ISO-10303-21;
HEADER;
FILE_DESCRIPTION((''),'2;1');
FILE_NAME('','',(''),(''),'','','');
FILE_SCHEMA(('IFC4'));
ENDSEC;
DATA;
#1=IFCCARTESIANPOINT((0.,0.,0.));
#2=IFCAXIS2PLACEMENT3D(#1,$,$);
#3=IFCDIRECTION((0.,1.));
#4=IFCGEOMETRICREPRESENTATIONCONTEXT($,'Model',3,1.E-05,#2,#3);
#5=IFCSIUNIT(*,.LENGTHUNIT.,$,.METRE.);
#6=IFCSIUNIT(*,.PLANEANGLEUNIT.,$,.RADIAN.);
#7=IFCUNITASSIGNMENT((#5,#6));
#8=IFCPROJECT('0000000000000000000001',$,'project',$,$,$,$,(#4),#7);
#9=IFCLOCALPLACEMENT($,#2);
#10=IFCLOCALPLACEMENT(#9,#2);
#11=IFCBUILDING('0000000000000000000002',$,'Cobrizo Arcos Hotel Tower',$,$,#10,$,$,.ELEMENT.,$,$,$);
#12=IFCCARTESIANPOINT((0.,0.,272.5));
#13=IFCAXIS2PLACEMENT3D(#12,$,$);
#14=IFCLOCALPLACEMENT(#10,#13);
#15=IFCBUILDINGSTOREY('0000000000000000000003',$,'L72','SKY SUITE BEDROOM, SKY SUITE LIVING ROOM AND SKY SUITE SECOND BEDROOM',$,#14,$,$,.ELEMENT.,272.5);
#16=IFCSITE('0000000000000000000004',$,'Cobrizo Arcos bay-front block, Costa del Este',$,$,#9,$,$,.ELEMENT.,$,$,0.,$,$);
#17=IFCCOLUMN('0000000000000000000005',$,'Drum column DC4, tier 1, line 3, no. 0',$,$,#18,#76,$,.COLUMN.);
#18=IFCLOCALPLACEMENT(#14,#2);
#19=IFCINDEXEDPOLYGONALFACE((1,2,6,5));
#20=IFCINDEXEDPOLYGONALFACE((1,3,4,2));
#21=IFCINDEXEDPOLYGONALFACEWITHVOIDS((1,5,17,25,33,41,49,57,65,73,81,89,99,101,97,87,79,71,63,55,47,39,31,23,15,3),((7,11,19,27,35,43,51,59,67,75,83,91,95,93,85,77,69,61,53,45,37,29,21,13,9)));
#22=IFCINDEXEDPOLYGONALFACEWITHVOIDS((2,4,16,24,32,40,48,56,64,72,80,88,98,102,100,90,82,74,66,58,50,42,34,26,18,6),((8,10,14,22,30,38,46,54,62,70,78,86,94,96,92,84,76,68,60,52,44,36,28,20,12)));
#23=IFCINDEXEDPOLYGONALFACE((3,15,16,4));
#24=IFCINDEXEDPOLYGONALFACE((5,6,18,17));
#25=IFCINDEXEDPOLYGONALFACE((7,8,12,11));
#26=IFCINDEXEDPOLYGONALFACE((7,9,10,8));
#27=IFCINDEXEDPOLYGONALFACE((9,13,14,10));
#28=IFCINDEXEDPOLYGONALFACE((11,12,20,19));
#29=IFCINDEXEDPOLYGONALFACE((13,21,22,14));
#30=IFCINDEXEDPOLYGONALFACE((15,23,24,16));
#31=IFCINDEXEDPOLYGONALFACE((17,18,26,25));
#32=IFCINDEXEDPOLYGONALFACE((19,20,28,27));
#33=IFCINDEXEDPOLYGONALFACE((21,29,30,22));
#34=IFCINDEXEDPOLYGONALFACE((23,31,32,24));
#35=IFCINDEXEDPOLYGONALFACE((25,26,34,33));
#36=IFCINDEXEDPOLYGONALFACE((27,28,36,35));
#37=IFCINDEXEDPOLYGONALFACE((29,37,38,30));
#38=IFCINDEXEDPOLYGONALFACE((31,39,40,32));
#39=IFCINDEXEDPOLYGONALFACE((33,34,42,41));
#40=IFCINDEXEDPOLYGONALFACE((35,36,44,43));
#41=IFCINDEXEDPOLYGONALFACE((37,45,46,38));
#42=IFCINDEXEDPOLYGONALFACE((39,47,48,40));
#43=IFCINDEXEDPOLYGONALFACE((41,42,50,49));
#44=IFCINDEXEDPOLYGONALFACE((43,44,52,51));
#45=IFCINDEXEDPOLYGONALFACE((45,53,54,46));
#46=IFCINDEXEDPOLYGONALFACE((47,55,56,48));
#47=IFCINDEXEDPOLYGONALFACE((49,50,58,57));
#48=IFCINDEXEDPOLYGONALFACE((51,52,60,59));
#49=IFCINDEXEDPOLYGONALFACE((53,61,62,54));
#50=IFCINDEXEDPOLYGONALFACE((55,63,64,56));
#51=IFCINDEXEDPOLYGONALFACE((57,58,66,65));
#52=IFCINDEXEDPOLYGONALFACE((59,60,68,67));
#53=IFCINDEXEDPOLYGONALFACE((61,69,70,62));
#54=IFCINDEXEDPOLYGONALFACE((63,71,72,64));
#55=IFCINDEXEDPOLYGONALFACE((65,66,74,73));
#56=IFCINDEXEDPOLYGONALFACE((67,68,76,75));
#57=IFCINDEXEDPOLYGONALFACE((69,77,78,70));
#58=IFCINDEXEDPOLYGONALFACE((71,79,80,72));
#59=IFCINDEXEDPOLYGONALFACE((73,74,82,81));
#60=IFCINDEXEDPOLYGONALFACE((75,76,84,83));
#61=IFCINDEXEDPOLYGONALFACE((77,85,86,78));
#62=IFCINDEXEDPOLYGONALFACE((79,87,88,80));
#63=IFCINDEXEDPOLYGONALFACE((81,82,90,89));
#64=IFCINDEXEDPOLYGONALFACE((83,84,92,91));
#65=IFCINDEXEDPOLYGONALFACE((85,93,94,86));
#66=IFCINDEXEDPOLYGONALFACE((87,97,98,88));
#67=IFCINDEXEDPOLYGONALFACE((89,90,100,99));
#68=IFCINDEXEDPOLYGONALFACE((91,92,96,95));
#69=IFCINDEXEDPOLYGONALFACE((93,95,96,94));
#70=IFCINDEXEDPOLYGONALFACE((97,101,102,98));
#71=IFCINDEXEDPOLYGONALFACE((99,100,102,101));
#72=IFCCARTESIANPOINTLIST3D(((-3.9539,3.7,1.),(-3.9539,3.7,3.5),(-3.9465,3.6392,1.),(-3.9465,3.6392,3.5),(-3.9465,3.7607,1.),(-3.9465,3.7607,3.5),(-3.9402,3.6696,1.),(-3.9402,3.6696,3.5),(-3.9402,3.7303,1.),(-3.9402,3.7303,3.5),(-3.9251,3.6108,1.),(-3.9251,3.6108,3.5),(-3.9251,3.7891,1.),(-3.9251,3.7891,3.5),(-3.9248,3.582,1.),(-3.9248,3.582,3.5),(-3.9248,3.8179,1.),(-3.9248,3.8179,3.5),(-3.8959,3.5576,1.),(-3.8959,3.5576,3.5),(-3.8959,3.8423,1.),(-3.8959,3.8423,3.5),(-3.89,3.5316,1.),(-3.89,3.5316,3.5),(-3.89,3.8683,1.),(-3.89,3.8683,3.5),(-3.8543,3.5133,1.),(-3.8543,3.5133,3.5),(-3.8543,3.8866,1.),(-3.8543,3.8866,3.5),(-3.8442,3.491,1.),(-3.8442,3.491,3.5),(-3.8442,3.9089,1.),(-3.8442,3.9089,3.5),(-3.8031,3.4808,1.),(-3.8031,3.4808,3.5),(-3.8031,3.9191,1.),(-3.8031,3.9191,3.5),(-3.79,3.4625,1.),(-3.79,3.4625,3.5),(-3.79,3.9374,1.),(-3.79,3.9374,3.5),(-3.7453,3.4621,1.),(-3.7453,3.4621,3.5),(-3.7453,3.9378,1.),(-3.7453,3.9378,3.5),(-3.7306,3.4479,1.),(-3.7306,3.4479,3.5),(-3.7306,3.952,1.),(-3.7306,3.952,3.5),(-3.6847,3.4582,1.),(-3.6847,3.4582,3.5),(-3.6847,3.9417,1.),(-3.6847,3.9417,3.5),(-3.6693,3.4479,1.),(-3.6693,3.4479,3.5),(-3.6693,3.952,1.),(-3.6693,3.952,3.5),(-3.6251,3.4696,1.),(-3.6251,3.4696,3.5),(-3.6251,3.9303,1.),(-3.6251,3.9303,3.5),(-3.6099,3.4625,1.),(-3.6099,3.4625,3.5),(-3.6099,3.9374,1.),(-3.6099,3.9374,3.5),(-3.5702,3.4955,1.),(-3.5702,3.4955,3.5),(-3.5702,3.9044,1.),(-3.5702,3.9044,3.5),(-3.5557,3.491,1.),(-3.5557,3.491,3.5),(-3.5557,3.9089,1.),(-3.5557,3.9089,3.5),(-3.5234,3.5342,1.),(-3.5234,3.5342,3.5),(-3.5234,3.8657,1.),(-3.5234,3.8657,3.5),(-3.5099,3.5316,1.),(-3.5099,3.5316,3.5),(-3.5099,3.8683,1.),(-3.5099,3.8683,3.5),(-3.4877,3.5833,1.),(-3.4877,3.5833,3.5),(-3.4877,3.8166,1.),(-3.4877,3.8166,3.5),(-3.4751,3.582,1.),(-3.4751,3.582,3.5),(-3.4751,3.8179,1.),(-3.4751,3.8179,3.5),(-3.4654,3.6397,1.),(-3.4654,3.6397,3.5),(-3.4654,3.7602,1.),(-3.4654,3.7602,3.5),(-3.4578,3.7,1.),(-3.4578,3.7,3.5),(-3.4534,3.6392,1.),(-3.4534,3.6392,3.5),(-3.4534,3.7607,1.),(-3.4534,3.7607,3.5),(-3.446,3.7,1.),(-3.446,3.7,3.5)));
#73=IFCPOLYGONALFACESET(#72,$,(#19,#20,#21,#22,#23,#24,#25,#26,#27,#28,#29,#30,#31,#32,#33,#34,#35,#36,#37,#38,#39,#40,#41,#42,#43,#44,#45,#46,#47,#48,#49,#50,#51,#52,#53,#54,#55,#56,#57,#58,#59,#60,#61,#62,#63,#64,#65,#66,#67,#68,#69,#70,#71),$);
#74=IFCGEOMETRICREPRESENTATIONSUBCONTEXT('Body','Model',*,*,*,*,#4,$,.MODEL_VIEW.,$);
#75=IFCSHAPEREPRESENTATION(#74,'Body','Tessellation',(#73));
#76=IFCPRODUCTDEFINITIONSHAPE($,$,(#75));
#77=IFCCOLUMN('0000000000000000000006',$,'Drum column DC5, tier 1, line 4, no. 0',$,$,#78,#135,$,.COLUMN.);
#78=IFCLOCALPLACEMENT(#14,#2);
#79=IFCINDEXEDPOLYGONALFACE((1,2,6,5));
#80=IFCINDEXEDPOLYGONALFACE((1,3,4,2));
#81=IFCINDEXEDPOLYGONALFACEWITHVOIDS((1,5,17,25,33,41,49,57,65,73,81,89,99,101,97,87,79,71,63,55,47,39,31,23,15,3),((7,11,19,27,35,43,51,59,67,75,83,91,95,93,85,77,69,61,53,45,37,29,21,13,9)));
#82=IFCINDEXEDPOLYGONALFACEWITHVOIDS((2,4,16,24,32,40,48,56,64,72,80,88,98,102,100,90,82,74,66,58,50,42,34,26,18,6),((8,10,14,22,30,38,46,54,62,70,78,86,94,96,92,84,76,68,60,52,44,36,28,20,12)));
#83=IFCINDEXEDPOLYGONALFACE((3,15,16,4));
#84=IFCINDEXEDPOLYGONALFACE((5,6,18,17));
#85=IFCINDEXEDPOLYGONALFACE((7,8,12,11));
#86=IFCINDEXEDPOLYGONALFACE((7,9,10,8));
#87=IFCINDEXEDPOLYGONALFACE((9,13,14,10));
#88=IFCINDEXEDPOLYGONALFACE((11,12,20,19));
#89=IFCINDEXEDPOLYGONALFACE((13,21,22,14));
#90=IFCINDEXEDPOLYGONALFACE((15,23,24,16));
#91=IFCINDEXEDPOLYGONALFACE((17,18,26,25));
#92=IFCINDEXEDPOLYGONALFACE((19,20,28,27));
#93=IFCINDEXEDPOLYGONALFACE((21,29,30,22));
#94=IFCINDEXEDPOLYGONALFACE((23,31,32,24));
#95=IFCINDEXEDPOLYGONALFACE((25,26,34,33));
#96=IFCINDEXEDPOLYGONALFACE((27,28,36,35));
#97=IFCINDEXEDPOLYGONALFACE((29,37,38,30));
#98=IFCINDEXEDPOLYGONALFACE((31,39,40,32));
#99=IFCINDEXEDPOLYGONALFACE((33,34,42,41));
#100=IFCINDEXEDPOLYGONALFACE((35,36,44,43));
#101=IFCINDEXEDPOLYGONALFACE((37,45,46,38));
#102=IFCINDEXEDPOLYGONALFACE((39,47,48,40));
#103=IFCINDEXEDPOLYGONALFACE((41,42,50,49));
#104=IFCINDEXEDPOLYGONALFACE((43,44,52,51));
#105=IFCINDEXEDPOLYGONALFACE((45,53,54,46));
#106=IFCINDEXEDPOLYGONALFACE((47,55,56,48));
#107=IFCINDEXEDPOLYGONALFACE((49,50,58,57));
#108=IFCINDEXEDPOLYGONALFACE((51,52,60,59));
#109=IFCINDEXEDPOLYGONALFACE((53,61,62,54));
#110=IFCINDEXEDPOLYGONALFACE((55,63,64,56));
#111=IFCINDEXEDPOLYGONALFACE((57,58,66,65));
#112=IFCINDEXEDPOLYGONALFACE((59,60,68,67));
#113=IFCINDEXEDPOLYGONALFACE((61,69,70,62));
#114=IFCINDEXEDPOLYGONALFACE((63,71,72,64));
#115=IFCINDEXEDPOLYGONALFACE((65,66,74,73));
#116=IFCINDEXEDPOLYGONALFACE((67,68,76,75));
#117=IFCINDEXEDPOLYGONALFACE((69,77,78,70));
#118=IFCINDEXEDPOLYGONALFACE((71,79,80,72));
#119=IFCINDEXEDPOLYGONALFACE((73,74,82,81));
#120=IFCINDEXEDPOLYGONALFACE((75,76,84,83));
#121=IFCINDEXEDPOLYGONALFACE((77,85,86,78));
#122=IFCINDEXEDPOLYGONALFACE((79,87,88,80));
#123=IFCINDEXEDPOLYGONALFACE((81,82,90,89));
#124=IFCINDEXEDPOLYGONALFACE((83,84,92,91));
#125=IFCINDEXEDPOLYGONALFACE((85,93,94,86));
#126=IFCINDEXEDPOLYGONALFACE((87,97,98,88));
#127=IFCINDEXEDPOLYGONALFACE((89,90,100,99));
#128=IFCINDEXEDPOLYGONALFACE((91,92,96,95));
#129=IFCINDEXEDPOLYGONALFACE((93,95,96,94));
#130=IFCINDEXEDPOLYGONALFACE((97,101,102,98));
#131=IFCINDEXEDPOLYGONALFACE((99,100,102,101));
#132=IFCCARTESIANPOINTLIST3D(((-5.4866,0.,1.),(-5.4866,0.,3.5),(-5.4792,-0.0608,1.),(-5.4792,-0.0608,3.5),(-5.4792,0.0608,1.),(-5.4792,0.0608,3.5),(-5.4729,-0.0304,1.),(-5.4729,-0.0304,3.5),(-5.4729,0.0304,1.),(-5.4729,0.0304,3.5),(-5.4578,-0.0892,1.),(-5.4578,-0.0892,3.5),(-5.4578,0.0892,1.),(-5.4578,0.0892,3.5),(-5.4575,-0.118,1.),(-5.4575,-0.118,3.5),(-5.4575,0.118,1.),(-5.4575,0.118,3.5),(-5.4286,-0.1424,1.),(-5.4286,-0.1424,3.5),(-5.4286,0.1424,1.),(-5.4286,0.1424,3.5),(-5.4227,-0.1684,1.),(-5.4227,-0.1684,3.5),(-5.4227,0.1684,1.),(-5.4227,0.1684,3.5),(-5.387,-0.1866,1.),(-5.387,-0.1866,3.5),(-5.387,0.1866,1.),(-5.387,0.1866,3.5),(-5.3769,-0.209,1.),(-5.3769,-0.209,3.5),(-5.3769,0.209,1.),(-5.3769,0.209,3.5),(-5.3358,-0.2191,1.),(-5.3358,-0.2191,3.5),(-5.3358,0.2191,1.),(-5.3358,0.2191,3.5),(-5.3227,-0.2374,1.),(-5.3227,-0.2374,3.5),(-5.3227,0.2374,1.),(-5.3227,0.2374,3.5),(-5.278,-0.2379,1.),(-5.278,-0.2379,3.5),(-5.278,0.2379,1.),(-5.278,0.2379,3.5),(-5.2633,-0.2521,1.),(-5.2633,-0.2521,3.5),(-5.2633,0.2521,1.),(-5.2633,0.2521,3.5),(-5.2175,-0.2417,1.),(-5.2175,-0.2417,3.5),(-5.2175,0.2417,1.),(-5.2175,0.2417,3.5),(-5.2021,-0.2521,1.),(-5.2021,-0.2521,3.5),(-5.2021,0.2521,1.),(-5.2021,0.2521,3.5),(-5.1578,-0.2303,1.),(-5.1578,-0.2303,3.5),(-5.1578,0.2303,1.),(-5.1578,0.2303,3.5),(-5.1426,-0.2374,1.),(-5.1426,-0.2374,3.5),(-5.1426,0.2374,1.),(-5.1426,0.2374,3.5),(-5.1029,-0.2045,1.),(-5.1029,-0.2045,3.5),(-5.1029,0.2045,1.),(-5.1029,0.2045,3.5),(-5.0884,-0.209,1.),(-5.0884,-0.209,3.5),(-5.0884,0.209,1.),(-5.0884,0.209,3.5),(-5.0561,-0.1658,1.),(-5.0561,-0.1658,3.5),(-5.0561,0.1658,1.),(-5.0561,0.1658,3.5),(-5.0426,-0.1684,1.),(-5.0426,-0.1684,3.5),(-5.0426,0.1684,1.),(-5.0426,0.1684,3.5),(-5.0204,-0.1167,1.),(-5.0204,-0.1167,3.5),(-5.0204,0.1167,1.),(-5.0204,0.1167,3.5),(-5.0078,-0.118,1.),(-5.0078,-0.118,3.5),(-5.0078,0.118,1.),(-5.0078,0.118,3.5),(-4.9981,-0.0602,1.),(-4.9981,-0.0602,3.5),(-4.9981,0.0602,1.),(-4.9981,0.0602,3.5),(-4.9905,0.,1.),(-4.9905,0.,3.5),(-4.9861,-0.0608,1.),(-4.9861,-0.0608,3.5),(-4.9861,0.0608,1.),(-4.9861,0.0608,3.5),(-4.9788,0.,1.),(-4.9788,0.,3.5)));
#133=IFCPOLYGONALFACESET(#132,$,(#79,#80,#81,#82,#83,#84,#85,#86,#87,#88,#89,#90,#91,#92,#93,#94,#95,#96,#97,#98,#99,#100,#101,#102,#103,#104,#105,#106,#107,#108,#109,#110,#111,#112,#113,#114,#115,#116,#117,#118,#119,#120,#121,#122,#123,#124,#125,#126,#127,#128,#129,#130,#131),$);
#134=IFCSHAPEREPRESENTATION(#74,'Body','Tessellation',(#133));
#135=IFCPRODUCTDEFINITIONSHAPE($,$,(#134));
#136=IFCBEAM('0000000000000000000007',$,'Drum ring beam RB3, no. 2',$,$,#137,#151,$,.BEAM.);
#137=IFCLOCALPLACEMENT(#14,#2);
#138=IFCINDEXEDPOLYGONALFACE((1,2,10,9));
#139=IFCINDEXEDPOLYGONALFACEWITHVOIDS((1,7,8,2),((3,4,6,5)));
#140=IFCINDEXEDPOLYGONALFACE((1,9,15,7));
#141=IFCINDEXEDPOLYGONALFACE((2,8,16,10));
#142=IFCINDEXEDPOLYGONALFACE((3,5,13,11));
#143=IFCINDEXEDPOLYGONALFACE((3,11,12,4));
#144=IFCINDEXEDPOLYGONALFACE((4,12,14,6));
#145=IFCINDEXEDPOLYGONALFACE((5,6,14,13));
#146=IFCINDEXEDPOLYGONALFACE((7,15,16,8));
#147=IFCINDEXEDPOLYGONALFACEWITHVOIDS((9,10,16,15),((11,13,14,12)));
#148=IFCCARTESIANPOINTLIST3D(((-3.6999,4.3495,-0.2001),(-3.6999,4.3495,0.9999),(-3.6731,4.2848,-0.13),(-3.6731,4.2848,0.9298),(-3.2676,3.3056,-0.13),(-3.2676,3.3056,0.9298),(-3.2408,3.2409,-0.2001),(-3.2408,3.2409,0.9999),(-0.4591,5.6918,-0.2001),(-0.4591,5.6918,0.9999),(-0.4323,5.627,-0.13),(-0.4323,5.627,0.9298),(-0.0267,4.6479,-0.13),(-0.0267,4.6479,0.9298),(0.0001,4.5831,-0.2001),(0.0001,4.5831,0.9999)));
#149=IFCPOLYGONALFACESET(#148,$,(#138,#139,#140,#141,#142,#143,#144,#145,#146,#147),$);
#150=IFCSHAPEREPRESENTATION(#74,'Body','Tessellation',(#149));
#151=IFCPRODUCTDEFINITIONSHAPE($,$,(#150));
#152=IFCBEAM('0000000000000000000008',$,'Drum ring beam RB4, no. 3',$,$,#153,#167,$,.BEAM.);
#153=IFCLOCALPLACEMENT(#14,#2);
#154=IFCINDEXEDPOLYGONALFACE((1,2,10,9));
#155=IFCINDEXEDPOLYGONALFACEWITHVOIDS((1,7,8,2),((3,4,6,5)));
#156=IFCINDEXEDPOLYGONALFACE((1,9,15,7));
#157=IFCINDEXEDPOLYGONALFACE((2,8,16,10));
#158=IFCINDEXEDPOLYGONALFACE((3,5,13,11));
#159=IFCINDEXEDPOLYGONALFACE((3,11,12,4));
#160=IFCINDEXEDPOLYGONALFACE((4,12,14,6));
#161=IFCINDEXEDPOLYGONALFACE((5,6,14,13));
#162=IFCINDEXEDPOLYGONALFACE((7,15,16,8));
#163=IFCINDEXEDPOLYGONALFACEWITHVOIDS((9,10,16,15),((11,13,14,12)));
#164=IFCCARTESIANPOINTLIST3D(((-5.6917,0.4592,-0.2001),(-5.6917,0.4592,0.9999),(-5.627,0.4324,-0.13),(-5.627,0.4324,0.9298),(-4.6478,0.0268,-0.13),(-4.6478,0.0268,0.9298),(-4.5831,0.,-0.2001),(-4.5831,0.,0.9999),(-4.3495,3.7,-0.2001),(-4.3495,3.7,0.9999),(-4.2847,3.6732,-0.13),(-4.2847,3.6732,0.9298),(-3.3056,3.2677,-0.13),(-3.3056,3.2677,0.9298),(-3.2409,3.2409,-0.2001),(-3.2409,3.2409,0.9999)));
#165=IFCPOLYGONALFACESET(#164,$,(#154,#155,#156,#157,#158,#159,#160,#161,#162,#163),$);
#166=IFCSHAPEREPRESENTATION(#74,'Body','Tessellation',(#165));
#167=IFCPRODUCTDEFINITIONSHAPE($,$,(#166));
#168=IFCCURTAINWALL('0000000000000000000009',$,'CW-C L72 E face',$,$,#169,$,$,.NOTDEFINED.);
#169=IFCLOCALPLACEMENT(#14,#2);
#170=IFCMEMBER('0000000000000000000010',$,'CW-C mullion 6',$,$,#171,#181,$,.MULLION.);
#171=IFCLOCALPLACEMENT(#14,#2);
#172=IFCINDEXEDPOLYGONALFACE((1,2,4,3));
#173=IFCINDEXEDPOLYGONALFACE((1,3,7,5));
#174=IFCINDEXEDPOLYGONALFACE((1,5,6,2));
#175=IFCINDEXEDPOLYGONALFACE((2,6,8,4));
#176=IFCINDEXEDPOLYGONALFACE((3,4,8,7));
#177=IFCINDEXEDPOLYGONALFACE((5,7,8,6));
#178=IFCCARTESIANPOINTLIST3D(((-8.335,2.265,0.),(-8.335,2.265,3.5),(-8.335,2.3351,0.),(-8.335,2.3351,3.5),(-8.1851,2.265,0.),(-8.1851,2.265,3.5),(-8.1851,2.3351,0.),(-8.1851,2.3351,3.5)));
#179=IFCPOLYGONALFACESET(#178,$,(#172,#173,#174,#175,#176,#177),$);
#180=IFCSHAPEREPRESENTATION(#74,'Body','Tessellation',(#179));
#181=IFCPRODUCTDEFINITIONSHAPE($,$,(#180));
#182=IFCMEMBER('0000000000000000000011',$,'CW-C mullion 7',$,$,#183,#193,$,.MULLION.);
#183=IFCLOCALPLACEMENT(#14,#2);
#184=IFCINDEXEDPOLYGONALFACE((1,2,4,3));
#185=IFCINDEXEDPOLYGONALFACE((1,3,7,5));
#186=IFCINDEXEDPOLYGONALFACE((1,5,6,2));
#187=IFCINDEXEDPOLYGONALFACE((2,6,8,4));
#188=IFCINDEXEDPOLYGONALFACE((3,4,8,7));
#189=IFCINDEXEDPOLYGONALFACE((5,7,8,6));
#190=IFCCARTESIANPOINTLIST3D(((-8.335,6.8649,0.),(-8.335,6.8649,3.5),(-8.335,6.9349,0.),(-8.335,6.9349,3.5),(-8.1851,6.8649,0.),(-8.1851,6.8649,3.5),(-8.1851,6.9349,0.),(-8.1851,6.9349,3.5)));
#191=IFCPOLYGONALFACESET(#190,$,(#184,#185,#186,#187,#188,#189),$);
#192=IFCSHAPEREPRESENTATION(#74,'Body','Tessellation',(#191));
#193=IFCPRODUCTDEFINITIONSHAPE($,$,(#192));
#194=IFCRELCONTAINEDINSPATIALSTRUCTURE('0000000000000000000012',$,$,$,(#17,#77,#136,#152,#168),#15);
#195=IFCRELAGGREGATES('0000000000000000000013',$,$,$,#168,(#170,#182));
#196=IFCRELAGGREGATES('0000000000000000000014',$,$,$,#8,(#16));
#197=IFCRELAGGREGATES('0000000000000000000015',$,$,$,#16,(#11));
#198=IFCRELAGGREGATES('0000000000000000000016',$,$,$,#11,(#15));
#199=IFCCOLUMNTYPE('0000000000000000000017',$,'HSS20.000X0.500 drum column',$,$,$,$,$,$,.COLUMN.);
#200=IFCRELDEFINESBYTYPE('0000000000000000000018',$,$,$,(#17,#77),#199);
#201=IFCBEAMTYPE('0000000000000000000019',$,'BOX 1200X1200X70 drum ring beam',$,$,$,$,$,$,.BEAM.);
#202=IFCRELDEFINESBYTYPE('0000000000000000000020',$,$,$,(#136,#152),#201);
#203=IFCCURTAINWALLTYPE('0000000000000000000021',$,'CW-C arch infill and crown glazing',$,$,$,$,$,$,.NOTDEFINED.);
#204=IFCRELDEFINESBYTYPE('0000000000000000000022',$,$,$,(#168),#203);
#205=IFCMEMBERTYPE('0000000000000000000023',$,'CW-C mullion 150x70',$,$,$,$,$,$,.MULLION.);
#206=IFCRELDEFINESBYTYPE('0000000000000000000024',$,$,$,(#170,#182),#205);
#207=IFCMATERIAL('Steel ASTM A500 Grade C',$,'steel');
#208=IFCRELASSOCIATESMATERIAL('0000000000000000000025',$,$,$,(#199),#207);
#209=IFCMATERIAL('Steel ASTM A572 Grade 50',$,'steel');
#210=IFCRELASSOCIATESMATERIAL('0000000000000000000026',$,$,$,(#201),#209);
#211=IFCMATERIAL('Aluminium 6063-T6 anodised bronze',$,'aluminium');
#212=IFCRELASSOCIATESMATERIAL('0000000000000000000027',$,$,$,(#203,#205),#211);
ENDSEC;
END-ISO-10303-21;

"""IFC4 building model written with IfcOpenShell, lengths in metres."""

from ifc_helpers import new_model, si_unit, direction, frame, origin, origin_2d, place, context, subcontext, project, spatial, rectangle, hollow_rectangle, hollow_circle, extrude, material, material_profile, profile_set, type_object, element, aggregate, save


model = new_model("IFC4")

# Units and contexts
model_context = context("Model", 3, precision=1e-05, world=origin(), true_north=direction((0.0, 1.0)))
body_context = subcontext(model_context, "Body", "Model", "MODEL_VIEW")
ifc_project = project(units=[si_unit("LENGTHUNIT", "METRE"), si_unit("PLANEANGLEUNIT", "RADIAN")], contexts=[model_context])

# Site, building, storey
site_placement = place(None, origin())
site = spatial("IfcSite", under=ifc_project, at=site_placement, Name="Cobrizo Arcos bay-front block, Costa del Este", CompositionType="ELEMENT", RefElevation=0.0)
building_placement = place(site_placement, origin())
building = spatial("IfcBuilding", under=site, at=building_placement, Name="Cobrizo Arcos Hotel Tower", CompositionType="ELEMENT")
storey_placement = place(building_placement, frame((0.0, 0.0, 272.5)))
storey = spatial("IfcBuildingStorey", under=building, at=storey_placement, Name="L72", Description="SKY SUITE BEDROOM, SKY SUITE LIVING ROOM AND SKY SUITE SECOND BEDROOM", CompositionType="ELEMENT", Elevation=272.5)

# Columns
ifc_material_1 = material(Name="Steel ASTM A500 Grade C", Category="steel")
ifc_material_profile_1 = material_profile(ifc_material_1, hollow_circle(Radius=0.2539, WallThickness=0.0117, at=origin_2d()), Name="HSS20.000X0.500")
ifc_profile_set_1 = profile_set([ifc_material_profile_1], Name="Steel ASTM A500 Grade C")
column_type = type_object("IfcColumnType", Name="HSS20.000X0.500 drum column", PredefinedType="COLUMN", material=ifc_profile_set_1)
for number, where, z_axis, x_axis, name in (
    (1, (-3.7, 3.7, 1.0), (0.0, 0.0, 1.0), (1.0, 0.0, 0.0), "Drum column DC4, tier 1, line 3, no. 0"),
    (2, (-5.2327, 0.0, 1.0), (0.0, 0.0, 1.0), (1.0, 0.0, 0.0), "Drum column DC5, tier 1, line 4, no. 0"),
):
    element("IfcColumn", number, at=place(storey_placement, frame(where, z_axis=z_axis, x_axis=x_axis)), inside=storey, type_object=column_type, Name=name, PredefinedType="COLUMN", context=body_context, shape_type="SweptSolid", body=[
        extrude(hollow_circle(Radius=0.2539, WallThickness=0.0117, at=origin_2d()), origin(), (0.0, 0.0, 1.0), 2.5),
    ])

# Beams
ifc_material_2 = material(Name="Steel ASTM A572 Grade 50", Category="steel")
ifc_material_profile_2 = material_profile(ifc_material_2, hollow_rectangle(XDim=1.2, YDim=1.2, WallThickness=0.0701, at=origin_2d()), Name="BOX 1200X1200X70")
ifc_profile_set_2 = profile_set([ifc_material_profile_2], Name="Steel ASTM A572 Grade 50")
beam_type_1 = type_object("IfcBeamType", Name="BOX 1200X1200X70 drum ring beam", PredefinedType="BEAM", material=ifc_profile_set_2)
for number, where, z_axis, x_axis, name in (
    (3, (-0.2295, 5.1375, 0.3999), (-0.923896, -0.382643, 0.0), (0.382643, -0.923896, 0.0), "Drum ring beam RB3, no. 2"),
    (4, (-3.7952, 3.4705, 0.3999), (-0.382643, -0.923896, 0.0), (0.923896, -0.382643, 0.0), "Drum ring beam RB4, no. 3"),
):
    element("IfcBeam", number, at=place(storey_placement, frame(where, z_axis=z_axis, x_axis=x_axis)), inside=storey, type_object=beam_type_1, Name=name, PredefinedType="BEAM", context=body_context, shape_type="SweptSolid", body=[
        extrude(hollow_rectangle(XDim=1.2, YDim=1.2, WallThickness=0.0701, at=origin_2d()), origin(), (0.0, 0.0, 1.0), 3.5078),
    ])

# Curtain wall, members
ifc_material_3 = material(Name="Aluminium 6063-T6 anodised bronze", Category="aluminium")
curtain_wall_type = type_object("IfcCurtainWallType", Name="CW-C arch infill and crown glazing", PredefinedType="NOTDEFINED", material=ifc_material_3)
curtain_wall_placement = place(storey_placement, origin())
curtain_wall = element("IfcCurtainWall", 5, at=curtain_wall_placement, inside=storey, type_object=curtain_wall_type, Name="CW-C L72 E face", PredefinedType="NOTDEFINED")
ifc_material_profile_3 = material_profile(ifc_material_3, rectangle(XDim=0.1499, YDim=0.0701, at=origin_2d()), Name="CW-C mullion 150x70")
ifc_profile_set_3 = profile_set([ifc_material_profile_3], Name="Aluminium 6063-T6 anodised bronze")
member_type_1 = type_object("IfcMemberType", Name="CW-C mullion 150x70", PredefinedType="MULLION", material=ifc_profile_set_3)
member_1_placement = place(storey_placement, frame((-8.26, 2.3, 0.0), z_axis=(0.0, 0.0, 1.0), x_axis=(1.0, 0.0, 0.0)))
member_1 = element("IfcMember", 6, at=member_1_placement, type_object=member_type_1, Name="CW-C mullion 6", PredefinedType="MULLION", context=body_context, shape_type="SweptSolid", body=[
    extrude(rectangle(XDim=0.1499, YDim=0.0701, at=origin_2d()), origin(), (0.0, 0.0, 1.0), 3.5),
])
member_2_placement = place(storey_placement, frame((-8.26, 6.8999, 0.0), z_axis=(0.0, 0.0, 1.0), x_axis=(1.0, 0.0, 0.0)))
member_2 = element("IfcMember", 7, at=member_2_placement, type_object=member_type_1, Name="CW-C mullion 7", PredefinedType="MULLION", context=body_context, shape_type="SweptSolid", body=[
    extrude(rectangle(XDim=0.1499, YDim=0.0701, at=origin_2d()), origin(), (0.0, 0.0, 1.0), 3.5),
])

aggregate(curtain_wall, [member_1, member_2])

save(model, "model.ifc")
